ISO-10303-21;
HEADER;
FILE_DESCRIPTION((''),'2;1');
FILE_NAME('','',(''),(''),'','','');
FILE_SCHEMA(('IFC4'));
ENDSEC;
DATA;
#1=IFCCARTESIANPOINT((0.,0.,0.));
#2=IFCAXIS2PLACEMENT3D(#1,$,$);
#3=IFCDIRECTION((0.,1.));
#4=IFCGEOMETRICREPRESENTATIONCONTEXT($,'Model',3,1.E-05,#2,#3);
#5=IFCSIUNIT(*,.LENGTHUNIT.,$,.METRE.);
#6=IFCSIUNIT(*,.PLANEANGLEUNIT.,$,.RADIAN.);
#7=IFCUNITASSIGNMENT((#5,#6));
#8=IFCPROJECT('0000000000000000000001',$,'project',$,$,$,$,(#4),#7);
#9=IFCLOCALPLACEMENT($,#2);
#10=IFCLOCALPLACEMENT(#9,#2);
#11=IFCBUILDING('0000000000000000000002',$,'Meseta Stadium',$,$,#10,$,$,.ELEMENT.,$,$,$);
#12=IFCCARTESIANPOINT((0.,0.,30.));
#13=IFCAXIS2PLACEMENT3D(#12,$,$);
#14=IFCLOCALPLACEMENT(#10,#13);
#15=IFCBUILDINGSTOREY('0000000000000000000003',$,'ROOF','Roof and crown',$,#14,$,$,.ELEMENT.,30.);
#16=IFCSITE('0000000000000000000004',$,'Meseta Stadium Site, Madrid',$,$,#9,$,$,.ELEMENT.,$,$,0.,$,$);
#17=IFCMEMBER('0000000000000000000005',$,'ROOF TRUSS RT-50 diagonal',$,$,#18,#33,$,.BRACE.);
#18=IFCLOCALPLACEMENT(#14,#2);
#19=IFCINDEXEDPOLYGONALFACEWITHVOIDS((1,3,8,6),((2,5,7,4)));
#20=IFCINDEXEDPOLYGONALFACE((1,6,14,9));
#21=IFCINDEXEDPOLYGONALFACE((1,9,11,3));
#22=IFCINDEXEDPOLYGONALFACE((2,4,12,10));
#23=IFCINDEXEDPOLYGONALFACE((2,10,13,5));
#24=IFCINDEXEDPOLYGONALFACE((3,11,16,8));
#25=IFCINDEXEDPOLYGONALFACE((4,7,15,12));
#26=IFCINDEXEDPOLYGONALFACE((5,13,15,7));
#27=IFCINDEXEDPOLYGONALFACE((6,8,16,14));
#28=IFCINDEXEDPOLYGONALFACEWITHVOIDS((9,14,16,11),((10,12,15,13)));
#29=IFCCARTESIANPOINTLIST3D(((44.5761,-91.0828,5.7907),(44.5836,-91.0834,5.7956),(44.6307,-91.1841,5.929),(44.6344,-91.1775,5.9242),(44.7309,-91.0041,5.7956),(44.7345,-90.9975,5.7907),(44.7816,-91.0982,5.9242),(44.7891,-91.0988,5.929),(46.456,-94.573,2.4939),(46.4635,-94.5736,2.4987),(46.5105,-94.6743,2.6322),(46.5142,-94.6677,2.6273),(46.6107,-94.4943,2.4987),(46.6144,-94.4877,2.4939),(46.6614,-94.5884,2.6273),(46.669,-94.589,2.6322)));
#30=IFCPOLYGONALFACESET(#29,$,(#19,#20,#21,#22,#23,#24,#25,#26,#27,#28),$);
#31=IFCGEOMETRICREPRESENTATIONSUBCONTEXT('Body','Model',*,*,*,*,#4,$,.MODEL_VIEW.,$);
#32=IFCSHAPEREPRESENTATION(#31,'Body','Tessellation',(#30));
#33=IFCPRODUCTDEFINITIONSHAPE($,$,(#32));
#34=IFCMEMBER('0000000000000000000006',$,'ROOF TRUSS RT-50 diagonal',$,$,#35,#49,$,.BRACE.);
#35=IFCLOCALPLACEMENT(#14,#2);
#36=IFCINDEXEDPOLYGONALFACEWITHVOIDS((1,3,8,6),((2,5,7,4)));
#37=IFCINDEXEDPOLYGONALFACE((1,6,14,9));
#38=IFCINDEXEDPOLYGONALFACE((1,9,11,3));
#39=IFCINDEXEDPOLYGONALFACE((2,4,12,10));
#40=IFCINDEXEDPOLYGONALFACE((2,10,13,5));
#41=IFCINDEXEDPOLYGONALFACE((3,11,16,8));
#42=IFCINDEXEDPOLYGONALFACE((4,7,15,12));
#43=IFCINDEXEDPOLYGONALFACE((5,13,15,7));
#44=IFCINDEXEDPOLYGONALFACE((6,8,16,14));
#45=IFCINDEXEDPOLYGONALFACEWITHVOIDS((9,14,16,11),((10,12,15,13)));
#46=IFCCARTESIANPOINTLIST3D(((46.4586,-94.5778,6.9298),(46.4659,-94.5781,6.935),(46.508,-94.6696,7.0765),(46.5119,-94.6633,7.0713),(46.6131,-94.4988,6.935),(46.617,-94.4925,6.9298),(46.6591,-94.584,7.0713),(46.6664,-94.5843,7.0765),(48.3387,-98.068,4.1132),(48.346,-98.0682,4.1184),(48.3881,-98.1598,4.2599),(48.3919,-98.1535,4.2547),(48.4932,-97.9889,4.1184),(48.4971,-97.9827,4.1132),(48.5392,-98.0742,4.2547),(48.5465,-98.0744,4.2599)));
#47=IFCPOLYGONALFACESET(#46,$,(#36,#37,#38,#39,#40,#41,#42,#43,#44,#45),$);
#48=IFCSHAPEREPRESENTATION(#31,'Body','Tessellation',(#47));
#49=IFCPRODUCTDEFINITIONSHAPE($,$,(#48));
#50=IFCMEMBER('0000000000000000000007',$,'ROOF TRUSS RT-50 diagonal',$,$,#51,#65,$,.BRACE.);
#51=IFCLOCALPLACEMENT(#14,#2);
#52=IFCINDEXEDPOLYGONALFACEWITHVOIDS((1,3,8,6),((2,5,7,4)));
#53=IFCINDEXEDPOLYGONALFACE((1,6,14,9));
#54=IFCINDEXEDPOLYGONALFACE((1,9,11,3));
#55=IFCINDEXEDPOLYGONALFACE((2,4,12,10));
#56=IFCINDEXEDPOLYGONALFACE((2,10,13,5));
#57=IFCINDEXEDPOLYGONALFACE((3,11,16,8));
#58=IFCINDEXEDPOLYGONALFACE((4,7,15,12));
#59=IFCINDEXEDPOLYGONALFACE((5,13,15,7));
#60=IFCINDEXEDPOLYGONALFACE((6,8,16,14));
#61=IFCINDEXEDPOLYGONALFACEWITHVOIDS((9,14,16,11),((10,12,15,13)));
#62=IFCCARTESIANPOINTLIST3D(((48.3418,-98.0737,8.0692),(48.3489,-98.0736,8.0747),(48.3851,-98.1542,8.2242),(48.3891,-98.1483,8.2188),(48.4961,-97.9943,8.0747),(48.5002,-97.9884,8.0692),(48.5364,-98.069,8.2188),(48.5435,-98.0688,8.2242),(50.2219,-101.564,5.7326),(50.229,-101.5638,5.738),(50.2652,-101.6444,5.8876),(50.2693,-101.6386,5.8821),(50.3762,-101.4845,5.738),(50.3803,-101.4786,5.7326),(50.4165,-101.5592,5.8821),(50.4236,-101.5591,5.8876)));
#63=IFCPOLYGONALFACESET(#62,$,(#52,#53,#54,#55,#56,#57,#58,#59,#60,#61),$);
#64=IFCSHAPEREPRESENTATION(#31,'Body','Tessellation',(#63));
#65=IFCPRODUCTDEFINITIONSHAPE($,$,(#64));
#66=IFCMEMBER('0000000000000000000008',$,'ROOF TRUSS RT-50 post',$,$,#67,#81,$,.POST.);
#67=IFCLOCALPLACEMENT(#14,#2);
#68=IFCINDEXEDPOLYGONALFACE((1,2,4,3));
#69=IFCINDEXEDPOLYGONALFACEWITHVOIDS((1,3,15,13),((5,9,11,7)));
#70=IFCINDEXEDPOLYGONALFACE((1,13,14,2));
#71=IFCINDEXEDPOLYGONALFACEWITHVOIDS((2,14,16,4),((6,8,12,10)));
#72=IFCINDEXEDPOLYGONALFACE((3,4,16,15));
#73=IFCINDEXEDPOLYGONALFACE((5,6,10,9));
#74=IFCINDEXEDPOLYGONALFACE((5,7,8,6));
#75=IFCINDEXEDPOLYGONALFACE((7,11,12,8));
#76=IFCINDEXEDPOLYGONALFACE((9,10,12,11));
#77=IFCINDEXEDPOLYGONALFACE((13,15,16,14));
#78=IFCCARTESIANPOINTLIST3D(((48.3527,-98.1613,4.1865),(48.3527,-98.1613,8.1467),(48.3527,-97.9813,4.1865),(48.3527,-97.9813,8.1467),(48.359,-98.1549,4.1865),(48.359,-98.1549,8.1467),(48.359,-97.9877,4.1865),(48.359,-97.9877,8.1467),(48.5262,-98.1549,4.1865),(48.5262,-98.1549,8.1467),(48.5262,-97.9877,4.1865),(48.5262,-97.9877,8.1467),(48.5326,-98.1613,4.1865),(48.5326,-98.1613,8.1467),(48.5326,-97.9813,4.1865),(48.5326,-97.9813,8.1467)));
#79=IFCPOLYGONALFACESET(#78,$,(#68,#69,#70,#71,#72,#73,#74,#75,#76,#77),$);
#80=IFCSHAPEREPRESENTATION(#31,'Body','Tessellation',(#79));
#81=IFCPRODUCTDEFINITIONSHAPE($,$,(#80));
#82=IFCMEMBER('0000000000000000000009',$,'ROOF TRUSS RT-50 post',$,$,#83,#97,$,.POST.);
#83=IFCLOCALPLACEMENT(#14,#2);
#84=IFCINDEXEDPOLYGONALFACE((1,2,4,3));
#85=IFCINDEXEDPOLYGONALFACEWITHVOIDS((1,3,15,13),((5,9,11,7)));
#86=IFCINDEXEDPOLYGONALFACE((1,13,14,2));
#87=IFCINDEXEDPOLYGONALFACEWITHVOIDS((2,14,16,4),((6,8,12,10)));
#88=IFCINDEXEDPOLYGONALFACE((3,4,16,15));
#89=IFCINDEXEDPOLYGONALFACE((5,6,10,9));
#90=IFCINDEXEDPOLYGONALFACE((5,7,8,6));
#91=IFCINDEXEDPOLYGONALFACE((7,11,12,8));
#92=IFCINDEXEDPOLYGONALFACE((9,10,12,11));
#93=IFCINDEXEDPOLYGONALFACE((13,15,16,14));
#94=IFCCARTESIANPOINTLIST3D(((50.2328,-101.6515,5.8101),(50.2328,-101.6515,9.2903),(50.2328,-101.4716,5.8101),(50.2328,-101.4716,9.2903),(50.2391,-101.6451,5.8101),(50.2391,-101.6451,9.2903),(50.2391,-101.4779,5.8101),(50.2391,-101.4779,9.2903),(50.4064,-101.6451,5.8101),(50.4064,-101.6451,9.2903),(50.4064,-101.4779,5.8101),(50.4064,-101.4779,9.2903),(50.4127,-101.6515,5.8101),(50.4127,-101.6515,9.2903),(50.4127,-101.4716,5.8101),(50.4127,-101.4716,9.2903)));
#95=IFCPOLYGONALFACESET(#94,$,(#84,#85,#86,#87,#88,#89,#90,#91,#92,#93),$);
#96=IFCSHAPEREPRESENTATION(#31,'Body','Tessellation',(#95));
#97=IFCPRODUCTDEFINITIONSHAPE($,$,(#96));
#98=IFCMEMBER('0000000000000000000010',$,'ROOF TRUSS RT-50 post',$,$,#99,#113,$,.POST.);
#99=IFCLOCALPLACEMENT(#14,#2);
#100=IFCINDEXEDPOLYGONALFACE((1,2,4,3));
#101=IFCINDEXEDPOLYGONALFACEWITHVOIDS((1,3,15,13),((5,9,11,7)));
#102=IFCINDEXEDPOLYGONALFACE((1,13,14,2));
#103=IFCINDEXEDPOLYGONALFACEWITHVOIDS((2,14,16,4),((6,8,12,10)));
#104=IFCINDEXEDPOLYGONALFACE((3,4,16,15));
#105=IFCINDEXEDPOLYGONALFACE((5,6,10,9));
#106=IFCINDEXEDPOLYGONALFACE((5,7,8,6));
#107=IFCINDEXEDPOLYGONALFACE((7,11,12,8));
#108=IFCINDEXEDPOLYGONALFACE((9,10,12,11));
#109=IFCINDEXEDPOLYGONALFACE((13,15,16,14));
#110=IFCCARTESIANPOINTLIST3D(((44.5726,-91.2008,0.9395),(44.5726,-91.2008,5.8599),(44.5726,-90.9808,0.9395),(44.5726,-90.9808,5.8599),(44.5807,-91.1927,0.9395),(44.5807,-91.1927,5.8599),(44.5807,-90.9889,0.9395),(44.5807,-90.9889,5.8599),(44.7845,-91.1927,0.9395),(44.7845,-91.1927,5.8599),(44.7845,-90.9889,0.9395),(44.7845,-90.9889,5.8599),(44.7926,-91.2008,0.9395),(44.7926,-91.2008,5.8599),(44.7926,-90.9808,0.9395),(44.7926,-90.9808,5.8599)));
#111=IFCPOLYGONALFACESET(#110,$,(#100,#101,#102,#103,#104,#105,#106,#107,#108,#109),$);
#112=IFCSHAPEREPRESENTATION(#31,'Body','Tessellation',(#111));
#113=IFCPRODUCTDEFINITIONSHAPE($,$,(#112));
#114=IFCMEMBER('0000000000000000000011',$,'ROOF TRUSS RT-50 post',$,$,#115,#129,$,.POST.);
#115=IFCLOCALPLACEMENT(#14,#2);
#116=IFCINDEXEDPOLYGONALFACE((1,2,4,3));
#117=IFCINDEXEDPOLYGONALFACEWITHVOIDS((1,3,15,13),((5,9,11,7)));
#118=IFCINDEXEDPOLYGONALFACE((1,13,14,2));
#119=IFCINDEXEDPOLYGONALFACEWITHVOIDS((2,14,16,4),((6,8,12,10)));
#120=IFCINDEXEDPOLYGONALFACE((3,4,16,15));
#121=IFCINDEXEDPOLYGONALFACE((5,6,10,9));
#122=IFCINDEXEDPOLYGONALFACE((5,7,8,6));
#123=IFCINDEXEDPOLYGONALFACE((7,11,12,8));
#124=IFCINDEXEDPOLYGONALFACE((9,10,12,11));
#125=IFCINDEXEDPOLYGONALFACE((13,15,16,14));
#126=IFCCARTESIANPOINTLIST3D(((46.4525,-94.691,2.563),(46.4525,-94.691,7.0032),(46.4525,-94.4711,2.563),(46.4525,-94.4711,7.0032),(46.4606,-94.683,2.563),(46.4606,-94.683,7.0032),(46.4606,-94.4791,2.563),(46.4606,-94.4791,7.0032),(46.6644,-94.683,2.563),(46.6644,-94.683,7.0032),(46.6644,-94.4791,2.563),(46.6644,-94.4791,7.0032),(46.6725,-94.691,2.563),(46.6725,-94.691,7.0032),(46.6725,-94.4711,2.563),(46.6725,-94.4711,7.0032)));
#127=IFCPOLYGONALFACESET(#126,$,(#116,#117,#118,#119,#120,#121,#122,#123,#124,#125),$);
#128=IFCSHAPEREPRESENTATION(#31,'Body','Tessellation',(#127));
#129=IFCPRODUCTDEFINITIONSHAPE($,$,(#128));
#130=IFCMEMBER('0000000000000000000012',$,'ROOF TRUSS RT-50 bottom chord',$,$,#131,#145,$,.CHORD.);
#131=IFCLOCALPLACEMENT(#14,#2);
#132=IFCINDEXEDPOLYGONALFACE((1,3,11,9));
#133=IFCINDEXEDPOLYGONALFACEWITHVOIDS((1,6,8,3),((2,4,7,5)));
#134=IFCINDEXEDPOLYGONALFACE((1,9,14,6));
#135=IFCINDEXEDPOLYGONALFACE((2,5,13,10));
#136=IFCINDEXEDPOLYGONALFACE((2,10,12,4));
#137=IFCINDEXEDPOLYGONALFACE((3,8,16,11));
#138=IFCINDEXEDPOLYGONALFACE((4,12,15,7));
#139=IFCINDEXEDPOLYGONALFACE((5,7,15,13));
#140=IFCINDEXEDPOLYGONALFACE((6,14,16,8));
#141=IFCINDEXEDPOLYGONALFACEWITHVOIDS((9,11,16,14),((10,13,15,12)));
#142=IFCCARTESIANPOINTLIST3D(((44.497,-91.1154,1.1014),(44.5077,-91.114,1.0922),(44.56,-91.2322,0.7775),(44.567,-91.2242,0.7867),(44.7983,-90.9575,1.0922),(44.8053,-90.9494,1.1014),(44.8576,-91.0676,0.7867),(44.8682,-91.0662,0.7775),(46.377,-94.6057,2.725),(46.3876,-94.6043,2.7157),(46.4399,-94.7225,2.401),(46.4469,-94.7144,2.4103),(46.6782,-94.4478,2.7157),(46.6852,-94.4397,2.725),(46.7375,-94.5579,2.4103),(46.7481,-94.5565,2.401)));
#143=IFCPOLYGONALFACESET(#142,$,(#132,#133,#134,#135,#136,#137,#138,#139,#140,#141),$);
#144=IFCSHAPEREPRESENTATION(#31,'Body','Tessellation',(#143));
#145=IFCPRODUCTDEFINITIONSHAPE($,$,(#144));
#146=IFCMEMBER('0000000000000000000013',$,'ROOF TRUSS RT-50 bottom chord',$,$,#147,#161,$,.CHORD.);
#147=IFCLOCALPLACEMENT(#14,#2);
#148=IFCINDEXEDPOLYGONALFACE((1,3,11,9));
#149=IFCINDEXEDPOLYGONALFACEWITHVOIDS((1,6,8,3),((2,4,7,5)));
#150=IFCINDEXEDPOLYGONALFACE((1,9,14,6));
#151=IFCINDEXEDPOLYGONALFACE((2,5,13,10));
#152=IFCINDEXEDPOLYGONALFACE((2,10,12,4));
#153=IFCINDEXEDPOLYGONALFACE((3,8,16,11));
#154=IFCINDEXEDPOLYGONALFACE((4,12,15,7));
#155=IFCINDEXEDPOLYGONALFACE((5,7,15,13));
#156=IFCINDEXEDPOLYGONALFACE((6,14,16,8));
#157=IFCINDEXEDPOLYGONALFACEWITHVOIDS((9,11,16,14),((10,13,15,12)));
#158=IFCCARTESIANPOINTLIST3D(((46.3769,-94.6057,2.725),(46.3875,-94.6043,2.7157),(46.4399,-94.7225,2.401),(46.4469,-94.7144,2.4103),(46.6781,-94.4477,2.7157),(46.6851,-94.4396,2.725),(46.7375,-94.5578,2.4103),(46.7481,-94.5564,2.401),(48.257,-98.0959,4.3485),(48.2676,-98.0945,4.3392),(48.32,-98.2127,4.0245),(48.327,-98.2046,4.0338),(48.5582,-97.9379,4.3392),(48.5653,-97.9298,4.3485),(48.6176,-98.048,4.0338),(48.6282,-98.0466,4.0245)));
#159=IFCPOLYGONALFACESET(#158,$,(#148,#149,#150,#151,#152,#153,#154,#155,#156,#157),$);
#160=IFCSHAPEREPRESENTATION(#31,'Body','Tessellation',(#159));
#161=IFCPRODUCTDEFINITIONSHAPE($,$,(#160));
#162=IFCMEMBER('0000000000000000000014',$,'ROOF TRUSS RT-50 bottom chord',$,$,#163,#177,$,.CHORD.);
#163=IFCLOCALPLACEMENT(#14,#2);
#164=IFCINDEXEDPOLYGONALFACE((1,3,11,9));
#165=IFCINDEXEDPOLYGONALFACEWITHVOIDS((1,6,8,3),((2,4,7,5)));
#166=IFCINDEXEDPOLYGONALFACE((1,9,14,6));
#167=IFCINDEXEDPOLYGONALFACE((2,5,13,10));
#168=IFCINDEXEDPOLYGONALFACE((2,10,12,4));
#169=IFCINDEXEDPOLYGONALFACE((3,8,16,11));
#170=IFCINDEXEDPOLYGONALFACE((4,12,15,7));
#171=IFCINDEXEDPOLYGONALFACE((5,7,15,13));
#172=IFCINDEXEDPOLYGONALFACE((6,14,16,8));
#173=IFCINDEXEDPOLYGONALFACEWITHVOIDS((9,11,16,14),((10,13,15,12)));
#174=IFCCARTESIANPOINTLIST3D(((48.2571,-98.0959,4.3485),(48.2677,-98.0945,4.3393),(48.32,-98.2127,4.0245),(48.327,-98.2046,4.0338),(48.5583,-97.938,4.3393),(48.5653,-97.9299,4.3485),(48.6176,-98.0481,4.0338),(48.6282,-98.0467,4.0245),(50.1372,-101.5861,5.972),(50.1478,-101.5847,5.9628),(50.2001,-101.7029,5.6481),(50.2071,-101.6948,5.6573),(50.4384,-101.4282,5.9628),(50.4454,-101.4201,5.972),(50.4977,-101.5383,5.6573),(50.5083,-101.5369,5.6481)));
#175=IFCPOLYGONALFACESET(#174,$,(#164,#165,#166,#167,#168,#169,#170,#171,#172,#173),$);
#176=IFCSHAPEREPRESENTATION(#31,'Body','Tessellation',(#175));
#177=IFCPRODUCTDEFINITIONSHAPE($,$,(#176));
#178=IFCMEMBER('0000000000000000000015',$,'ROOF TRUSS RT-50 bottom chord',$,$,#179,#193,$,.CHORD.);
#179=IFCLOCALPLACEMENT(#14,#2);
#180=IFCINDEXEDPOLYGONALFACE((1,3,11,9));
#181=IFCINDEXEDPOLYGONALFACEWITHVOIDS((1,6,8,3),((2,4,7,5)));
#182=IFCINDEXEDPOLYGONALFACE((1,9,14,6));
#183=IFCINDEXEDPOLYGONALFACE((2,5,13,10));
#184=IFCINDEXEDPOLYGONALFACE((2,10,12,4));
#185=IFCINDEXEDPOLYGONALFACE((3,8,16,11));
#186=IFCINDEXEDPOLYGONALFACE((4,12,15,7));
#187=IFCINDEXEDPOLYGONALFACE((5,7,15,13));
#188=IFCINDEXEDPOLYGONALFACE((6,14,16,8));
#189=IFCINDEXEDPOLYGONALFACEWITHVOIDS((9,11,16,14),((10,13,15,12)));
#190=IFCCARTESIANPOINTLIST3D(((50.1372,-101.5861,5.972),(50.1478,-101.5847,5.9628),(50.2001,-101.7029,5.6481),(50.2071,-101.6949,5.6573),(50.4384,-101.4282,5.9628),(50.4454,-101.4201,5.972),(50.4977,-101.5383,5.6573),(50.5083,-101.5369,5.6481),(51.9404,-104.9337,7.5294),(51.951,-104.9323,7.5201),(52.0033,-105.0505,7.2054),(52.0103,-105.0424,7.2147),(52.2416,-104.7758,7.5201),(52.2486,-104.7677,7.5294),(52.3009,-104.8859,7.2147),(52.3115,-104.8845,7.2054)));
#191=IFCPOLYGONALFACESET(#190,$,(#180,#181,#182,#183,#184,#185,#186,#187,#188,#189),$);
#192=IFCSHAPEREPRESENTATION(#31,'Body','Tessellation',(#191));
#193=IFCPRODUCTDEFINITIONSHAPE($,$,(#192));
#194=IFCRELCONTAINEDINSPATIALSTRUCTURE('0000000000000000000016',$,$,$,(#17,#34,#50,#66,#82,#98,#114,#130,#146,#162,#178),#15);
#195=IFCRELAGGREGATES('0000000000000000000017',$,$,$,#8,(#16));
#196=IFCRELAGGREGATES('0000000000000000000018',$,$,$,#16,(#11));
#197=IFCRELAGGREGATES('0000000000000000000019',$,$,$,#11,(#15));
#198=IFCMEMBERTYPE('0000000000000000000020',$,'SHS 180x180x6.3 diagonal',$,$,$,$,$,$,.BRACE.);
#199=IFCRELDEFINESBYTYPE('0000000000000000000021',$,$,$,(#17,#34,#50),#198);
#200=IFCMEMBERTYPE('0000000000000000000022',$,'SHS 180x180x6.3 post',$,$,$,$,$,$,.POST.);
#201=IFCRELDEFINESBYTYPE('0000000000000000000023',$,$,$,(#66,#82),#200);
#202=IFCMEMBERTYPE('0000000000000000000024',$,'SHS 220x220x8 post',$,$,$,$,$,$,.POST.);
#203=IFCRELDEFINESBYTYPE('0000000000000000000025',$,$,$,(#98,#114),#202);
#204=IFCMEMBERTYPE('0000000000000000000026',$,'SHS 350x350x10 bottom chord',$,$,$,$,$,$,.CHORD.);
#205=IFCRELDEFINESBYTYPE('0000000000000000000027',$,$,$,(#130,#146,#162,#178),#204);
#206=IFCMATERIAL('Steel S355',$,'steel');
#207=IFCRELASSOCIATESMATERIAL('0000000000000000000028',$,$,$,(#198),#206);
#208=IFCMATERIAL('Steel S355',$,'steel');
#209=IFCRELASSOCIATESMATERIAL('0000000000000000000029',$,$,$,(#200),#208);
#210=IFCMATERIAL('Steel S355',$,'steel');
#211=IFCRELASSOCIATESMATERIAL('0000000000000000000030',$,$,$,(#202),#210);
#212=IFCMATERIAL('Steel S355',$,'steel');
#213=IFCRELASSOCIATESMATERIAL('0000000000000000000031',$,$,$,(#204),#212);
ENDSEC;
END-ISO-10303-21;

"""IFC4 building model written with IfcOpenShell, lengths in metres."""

from ifc_helpers import new_model, si_unit, direction, frame, origin, origin_2d, place, context, subcontext, project, spatial, hollow_rectangle, extrude, material, material_profile, profile_set, type_object, element, save


model = new_model("IFC4")

# Units and contexts
model_context = context("Model", 3, precision=1e-05, world=origin(), true_north=direction((0.0, 1.0)))
body_context = subcontext(model_context, "Body", "Model", "MODEL_VIEW")
ifc_project = project(units=[si_unit("LENGTHUNIT", "METRE"), si_unit("PLANEANGLEUNIT", "RADIAN")], contexts=[model_context])

# Site, building, storey
site_placement = place(None, origin())
site = spatial("IfcSite", under=ifc_project, at=site_placement, Name="Meseta Stadium Site, Madrid", CompositionType="ELEMENT", RefElevation=0.0)
building_placement = place(site_placement, origin())
building = spatial("IfcBuilding", under=site, at=building_placement, Name="Meseta Stadium", CompositionType="ELEMENT")
storey_placement = place(building_placement, frame((0.0, 0.0, 30.0)))
storey = spatial("IfcBuildingStorey", under=building, at=storey_placement, Name="ROOF", Description="Roof and crown", CompositionType="ELEMENT", Elevation=30.0)

# Members
ifc_material_1 = material(Name="Steel S355", Category="steel")
ifc_material_profile_1 = material_profile(ifc_material_1, hollow_rectangle(XDim=0.1799, YDim=0.1799, WallThickness=0.0063, at=origin_2d()), Name="SHS 180x180x6.3")
ifc_profile_set_1 = profile_set([ifc_material_profile_1], Name="Steel S355")
member_type_1 = type_object("IfcMemberType", Name="SHS 180x180x6.3 diagonal", PredefinedType="BRACE", material=ifc_profile_set_1)
member_1_placement = place(storey_placement, frame((44.6826, -91.0908, 5.8599), z_axis=(0.364596, -0.676917, -0.639416), x_axis=(0.880416, 0.474203, 0.0)))
element("IfcMember", 1, at=member_1_placement, inside=storey, type_object=member_type_1, Name="ROOF TRUSS RT-50 diagonal", PredefinedType="BRACE", context=body_context, shape_type="SweptSolid", body=[
    extrude(hollow_rectangle(XDim=0.1799, YDim=0.1799, WallThickness=0.0063, at=origin_2d()), origin(), (0.0, 0.0, 1.0), 5.156),
])
member_2_placement = place(storey_placement, frame((46.5625, -94.5811, 7.0032), z_axis=(0.386608, -0.717691, -0.579183), x_axis=(0.88039, 0.47425, 0.0)))
element("IfcMember", 2, at=member_2_placement, inside=storey, type_object=member_type_1, Name="ROOF TRUSS RT-50 diagonal", PredefinedType="BRACE", context=body_context, shape_type="SweptSolid", body=[
    extrude(hollow_rectangle(XDim=0.1799, YDim=0.1799, WallThickness=0.0063, at=origin_2d()), origin(), (0.0, 0.0, 1.0), 4.863),
])
member_3_placement = place(storey_placement, frame((48.4426, -98.0713, 8.1467), z_axis=(0.408563, -0.758448, -0.507772), x_axis=(0.88039, 0.47425, 0.0)))
element("IfcMember", 3, at=member_3_placement, inside=storey, type_object=member_type_1, Name="ROOF TRUSS RT-50 diagonal", PredefinedType="BRACE", context=body_context, shape_type="SweptSolid", body=[
    extrude(hollow_rectangle(XDim=0.1799, YDim=0.1799, WallThickness=0.0063, at=origin_2d()), origin(), (0.0, 0.0, 1.0), 4.6018),
])
ifc_material_2 = material(Name="Steel S355", Category="steel")
ifc_material_profile_2 = material_profile(ifc_material_2, hollow_rectangle(XDim=0.1799, YDim=0.1799, WallThickness=0.0063, at=origin_2d()), Name="SHS 180x180x6.3")
ifc_profile_set_2 = profile_set([ifc_material_profile_2], Name="Steel S355")
member_type_2 = type_object("IfcMemberType", Name="SHS 180x180x6.3 post", PredefinedType="POST", material=ifc_profile_set_2)
member_4_placement = place(storey_placement, frame((48.4426, -98.0713, 4.1865), z_axis=(0.0, 0.0, 1.0), x_axis=(1.0, 0.0, 0.0)))
element("IfcMember", 4, at=member_4_placement, inside=storey, type_object=member_type_2, Name="ROOF TRUSS RT-50 post", PredefinedType="POST", context=body_context, shape_type="SweptSolid", body=[
    extrude(hollow_rectangle(XDim=0.1799, YDim=0.1799, WallThickness=0.0063, at=origin_2d()), origin(), (0.0, 0.0, 1.0), 3.9602),
])
member_5_placement = place(storey_placement, frame((50.3228, -101.5615, 5.8101), z_axis=(0.0, 0.0, 1.0), x_axis=(1.0, 0.0, 0.0)))
element("IfcMember", 5, at=member_5_placement, inside=storey, type_object=member_type_2, Name="ROOF TRUSS RT-50 post", PredefinedType="POST", context=body_context, shape_type="SweptSolid", body=[
    extrude(hollow_rectangle(XDim=0.1799, YDim=0.1799, WallThickness=0.0063, at=origin_2d()), origin(), (0.0, 0.0, 1.0), 3.4802),
])
ifc_material_3 = material(Name="Steel S355", Category="steel")
ifc_material_profile_3 = material_profile(ifc_material_3, hollow_rectangle(XDim=0.22, YDim=0.22, WallThickness=0.0081, at=origin_2d()), Name="SHS 220x220x8")
ifc_profile_set_3 = profile_set([ifc_material_profile_3], Name="Steel S355")
member_type_3 = type_object("IfcMemberType", Name="SHS 220x220x8 post", PredefinedType="POST", material=ifc_profile_set_3)
member_6_placement = place(storey_placement, frame((44.6826, -91.0908, 0.9395), z_axis=(0.0, 0.0, 1.0), x_axis=(1.0, 0.0, 0.0)))
element("IfcMember", 6, at=member_6_placement, inside=storey, type_object=member_type_3, Name="ROOF TRUSS RT-50 post", PredefinedType="POST", context=body_context, shape_type="SweptSolid", body=[
    extrude(hollow_rectangle(XDim=0.22, YDim=0.22, WallThickness=0.0081, at=origin_2d()), origin(), (0.0, 0.0, 1.0), 4.9204),
])
member_7_placement = place(storey_placement, frame((46.5625, -94.5811, 2.563), z_axis=(0.0, 0.0, 1.0), x_axis=(1.0, 0.0, 0.0)))
element("IfcMember", 7, at=member_7_placement, inside=storey, type_object=member_type_3, Name="ROOF TRUSS RT-50 post", PredefinedType="POST", context=body_context, shape_type="SweptSolid", body=[
    extrude(hollow_rectangle(XDim=0.22, YDim=0.22, WallThickness=0.0081, at=origin_2d()), origin(), (0.0, 0.0, 1.0), 4.4402),
])
ifc_material_4 = material(Name="Steel S355", Category="steel")
ifc_material_profile_4 = material_profile(ifc_material_4, hollow_rectangle(XDim=0.3501, YDim=0.3501, WallThickness=0.01, at=origin_2d()), Name="SHS 350x350x10")
ifc_profile_set_4 = profile_set([ifc_material_profile_4], Name="Steel S355")
member_type_4 = type_object("IfcMemberType", Name="SHS 350x350x10 bottom chord", PredefinedType="CHORD", material=ifc_profile_set_4)
for number, where, z_axis, x_axis, name in (
    (8, (44.6826, -91.0908, 0.9395), (0.438828, -0.814738, 0.378988), (0.880416, 0.474203, 0.0), "ROOF TRUSS RT-50 bottom chord"),
    (9, (46.5625, -94.5811, 2.563), (0.438874, -0.814718, 0.378978), (0.88039, 0.47425, 0.0), "ROOF TRUSS RT-50 bottom chord"),
    (10, (48.4426, -98.0713, 4.1865), (0.438874, -0.814718, 0.378978), (0.88039, 0.47425, 0.0), "ROOF TRUSS RT-50 bottom chord"),
):
    element("IfcMember", number, at=place(storey_placement, frame(where, z_axis=z_axis, x_axis=x_axis)), inside=storey, type_object=member_type_4, Name=name, PredefinedType="CHORD", context=body_context, shape_type="SweptSolid", body=[
        extrude(hollow_rectangle(XDim=0.3501, YDim=0.3501, WallThickness=0.01, at=origin_2d()), origin(), (0.0, 0.0, 1.0), 4.2839),
    ])
member_8_placement = place(storey_placement, frame((50.3228, -101.5615, 5.8101), z_axis=(0.438848, -0.814714, 0.379016), x_axis=(0.880401, 0.47423, 0.0)))
element("IfcMember", 11, at=member_8_placement, inside=storey, type_object=member_type_4, Name="ROOF TRUSS RT-50 bottom chord", PredefinedType="CHORD", context=body_context, shape_type="SweptSolid", body=[
    extrude(hollow_rectangle(XDim=0.3501, YDim=0.3501, WallThickness=0.01, at=origin_2d()), origin(), (0.0, 0.0, 1.0), 4.1089),
])

save(model, "model.ifc")
